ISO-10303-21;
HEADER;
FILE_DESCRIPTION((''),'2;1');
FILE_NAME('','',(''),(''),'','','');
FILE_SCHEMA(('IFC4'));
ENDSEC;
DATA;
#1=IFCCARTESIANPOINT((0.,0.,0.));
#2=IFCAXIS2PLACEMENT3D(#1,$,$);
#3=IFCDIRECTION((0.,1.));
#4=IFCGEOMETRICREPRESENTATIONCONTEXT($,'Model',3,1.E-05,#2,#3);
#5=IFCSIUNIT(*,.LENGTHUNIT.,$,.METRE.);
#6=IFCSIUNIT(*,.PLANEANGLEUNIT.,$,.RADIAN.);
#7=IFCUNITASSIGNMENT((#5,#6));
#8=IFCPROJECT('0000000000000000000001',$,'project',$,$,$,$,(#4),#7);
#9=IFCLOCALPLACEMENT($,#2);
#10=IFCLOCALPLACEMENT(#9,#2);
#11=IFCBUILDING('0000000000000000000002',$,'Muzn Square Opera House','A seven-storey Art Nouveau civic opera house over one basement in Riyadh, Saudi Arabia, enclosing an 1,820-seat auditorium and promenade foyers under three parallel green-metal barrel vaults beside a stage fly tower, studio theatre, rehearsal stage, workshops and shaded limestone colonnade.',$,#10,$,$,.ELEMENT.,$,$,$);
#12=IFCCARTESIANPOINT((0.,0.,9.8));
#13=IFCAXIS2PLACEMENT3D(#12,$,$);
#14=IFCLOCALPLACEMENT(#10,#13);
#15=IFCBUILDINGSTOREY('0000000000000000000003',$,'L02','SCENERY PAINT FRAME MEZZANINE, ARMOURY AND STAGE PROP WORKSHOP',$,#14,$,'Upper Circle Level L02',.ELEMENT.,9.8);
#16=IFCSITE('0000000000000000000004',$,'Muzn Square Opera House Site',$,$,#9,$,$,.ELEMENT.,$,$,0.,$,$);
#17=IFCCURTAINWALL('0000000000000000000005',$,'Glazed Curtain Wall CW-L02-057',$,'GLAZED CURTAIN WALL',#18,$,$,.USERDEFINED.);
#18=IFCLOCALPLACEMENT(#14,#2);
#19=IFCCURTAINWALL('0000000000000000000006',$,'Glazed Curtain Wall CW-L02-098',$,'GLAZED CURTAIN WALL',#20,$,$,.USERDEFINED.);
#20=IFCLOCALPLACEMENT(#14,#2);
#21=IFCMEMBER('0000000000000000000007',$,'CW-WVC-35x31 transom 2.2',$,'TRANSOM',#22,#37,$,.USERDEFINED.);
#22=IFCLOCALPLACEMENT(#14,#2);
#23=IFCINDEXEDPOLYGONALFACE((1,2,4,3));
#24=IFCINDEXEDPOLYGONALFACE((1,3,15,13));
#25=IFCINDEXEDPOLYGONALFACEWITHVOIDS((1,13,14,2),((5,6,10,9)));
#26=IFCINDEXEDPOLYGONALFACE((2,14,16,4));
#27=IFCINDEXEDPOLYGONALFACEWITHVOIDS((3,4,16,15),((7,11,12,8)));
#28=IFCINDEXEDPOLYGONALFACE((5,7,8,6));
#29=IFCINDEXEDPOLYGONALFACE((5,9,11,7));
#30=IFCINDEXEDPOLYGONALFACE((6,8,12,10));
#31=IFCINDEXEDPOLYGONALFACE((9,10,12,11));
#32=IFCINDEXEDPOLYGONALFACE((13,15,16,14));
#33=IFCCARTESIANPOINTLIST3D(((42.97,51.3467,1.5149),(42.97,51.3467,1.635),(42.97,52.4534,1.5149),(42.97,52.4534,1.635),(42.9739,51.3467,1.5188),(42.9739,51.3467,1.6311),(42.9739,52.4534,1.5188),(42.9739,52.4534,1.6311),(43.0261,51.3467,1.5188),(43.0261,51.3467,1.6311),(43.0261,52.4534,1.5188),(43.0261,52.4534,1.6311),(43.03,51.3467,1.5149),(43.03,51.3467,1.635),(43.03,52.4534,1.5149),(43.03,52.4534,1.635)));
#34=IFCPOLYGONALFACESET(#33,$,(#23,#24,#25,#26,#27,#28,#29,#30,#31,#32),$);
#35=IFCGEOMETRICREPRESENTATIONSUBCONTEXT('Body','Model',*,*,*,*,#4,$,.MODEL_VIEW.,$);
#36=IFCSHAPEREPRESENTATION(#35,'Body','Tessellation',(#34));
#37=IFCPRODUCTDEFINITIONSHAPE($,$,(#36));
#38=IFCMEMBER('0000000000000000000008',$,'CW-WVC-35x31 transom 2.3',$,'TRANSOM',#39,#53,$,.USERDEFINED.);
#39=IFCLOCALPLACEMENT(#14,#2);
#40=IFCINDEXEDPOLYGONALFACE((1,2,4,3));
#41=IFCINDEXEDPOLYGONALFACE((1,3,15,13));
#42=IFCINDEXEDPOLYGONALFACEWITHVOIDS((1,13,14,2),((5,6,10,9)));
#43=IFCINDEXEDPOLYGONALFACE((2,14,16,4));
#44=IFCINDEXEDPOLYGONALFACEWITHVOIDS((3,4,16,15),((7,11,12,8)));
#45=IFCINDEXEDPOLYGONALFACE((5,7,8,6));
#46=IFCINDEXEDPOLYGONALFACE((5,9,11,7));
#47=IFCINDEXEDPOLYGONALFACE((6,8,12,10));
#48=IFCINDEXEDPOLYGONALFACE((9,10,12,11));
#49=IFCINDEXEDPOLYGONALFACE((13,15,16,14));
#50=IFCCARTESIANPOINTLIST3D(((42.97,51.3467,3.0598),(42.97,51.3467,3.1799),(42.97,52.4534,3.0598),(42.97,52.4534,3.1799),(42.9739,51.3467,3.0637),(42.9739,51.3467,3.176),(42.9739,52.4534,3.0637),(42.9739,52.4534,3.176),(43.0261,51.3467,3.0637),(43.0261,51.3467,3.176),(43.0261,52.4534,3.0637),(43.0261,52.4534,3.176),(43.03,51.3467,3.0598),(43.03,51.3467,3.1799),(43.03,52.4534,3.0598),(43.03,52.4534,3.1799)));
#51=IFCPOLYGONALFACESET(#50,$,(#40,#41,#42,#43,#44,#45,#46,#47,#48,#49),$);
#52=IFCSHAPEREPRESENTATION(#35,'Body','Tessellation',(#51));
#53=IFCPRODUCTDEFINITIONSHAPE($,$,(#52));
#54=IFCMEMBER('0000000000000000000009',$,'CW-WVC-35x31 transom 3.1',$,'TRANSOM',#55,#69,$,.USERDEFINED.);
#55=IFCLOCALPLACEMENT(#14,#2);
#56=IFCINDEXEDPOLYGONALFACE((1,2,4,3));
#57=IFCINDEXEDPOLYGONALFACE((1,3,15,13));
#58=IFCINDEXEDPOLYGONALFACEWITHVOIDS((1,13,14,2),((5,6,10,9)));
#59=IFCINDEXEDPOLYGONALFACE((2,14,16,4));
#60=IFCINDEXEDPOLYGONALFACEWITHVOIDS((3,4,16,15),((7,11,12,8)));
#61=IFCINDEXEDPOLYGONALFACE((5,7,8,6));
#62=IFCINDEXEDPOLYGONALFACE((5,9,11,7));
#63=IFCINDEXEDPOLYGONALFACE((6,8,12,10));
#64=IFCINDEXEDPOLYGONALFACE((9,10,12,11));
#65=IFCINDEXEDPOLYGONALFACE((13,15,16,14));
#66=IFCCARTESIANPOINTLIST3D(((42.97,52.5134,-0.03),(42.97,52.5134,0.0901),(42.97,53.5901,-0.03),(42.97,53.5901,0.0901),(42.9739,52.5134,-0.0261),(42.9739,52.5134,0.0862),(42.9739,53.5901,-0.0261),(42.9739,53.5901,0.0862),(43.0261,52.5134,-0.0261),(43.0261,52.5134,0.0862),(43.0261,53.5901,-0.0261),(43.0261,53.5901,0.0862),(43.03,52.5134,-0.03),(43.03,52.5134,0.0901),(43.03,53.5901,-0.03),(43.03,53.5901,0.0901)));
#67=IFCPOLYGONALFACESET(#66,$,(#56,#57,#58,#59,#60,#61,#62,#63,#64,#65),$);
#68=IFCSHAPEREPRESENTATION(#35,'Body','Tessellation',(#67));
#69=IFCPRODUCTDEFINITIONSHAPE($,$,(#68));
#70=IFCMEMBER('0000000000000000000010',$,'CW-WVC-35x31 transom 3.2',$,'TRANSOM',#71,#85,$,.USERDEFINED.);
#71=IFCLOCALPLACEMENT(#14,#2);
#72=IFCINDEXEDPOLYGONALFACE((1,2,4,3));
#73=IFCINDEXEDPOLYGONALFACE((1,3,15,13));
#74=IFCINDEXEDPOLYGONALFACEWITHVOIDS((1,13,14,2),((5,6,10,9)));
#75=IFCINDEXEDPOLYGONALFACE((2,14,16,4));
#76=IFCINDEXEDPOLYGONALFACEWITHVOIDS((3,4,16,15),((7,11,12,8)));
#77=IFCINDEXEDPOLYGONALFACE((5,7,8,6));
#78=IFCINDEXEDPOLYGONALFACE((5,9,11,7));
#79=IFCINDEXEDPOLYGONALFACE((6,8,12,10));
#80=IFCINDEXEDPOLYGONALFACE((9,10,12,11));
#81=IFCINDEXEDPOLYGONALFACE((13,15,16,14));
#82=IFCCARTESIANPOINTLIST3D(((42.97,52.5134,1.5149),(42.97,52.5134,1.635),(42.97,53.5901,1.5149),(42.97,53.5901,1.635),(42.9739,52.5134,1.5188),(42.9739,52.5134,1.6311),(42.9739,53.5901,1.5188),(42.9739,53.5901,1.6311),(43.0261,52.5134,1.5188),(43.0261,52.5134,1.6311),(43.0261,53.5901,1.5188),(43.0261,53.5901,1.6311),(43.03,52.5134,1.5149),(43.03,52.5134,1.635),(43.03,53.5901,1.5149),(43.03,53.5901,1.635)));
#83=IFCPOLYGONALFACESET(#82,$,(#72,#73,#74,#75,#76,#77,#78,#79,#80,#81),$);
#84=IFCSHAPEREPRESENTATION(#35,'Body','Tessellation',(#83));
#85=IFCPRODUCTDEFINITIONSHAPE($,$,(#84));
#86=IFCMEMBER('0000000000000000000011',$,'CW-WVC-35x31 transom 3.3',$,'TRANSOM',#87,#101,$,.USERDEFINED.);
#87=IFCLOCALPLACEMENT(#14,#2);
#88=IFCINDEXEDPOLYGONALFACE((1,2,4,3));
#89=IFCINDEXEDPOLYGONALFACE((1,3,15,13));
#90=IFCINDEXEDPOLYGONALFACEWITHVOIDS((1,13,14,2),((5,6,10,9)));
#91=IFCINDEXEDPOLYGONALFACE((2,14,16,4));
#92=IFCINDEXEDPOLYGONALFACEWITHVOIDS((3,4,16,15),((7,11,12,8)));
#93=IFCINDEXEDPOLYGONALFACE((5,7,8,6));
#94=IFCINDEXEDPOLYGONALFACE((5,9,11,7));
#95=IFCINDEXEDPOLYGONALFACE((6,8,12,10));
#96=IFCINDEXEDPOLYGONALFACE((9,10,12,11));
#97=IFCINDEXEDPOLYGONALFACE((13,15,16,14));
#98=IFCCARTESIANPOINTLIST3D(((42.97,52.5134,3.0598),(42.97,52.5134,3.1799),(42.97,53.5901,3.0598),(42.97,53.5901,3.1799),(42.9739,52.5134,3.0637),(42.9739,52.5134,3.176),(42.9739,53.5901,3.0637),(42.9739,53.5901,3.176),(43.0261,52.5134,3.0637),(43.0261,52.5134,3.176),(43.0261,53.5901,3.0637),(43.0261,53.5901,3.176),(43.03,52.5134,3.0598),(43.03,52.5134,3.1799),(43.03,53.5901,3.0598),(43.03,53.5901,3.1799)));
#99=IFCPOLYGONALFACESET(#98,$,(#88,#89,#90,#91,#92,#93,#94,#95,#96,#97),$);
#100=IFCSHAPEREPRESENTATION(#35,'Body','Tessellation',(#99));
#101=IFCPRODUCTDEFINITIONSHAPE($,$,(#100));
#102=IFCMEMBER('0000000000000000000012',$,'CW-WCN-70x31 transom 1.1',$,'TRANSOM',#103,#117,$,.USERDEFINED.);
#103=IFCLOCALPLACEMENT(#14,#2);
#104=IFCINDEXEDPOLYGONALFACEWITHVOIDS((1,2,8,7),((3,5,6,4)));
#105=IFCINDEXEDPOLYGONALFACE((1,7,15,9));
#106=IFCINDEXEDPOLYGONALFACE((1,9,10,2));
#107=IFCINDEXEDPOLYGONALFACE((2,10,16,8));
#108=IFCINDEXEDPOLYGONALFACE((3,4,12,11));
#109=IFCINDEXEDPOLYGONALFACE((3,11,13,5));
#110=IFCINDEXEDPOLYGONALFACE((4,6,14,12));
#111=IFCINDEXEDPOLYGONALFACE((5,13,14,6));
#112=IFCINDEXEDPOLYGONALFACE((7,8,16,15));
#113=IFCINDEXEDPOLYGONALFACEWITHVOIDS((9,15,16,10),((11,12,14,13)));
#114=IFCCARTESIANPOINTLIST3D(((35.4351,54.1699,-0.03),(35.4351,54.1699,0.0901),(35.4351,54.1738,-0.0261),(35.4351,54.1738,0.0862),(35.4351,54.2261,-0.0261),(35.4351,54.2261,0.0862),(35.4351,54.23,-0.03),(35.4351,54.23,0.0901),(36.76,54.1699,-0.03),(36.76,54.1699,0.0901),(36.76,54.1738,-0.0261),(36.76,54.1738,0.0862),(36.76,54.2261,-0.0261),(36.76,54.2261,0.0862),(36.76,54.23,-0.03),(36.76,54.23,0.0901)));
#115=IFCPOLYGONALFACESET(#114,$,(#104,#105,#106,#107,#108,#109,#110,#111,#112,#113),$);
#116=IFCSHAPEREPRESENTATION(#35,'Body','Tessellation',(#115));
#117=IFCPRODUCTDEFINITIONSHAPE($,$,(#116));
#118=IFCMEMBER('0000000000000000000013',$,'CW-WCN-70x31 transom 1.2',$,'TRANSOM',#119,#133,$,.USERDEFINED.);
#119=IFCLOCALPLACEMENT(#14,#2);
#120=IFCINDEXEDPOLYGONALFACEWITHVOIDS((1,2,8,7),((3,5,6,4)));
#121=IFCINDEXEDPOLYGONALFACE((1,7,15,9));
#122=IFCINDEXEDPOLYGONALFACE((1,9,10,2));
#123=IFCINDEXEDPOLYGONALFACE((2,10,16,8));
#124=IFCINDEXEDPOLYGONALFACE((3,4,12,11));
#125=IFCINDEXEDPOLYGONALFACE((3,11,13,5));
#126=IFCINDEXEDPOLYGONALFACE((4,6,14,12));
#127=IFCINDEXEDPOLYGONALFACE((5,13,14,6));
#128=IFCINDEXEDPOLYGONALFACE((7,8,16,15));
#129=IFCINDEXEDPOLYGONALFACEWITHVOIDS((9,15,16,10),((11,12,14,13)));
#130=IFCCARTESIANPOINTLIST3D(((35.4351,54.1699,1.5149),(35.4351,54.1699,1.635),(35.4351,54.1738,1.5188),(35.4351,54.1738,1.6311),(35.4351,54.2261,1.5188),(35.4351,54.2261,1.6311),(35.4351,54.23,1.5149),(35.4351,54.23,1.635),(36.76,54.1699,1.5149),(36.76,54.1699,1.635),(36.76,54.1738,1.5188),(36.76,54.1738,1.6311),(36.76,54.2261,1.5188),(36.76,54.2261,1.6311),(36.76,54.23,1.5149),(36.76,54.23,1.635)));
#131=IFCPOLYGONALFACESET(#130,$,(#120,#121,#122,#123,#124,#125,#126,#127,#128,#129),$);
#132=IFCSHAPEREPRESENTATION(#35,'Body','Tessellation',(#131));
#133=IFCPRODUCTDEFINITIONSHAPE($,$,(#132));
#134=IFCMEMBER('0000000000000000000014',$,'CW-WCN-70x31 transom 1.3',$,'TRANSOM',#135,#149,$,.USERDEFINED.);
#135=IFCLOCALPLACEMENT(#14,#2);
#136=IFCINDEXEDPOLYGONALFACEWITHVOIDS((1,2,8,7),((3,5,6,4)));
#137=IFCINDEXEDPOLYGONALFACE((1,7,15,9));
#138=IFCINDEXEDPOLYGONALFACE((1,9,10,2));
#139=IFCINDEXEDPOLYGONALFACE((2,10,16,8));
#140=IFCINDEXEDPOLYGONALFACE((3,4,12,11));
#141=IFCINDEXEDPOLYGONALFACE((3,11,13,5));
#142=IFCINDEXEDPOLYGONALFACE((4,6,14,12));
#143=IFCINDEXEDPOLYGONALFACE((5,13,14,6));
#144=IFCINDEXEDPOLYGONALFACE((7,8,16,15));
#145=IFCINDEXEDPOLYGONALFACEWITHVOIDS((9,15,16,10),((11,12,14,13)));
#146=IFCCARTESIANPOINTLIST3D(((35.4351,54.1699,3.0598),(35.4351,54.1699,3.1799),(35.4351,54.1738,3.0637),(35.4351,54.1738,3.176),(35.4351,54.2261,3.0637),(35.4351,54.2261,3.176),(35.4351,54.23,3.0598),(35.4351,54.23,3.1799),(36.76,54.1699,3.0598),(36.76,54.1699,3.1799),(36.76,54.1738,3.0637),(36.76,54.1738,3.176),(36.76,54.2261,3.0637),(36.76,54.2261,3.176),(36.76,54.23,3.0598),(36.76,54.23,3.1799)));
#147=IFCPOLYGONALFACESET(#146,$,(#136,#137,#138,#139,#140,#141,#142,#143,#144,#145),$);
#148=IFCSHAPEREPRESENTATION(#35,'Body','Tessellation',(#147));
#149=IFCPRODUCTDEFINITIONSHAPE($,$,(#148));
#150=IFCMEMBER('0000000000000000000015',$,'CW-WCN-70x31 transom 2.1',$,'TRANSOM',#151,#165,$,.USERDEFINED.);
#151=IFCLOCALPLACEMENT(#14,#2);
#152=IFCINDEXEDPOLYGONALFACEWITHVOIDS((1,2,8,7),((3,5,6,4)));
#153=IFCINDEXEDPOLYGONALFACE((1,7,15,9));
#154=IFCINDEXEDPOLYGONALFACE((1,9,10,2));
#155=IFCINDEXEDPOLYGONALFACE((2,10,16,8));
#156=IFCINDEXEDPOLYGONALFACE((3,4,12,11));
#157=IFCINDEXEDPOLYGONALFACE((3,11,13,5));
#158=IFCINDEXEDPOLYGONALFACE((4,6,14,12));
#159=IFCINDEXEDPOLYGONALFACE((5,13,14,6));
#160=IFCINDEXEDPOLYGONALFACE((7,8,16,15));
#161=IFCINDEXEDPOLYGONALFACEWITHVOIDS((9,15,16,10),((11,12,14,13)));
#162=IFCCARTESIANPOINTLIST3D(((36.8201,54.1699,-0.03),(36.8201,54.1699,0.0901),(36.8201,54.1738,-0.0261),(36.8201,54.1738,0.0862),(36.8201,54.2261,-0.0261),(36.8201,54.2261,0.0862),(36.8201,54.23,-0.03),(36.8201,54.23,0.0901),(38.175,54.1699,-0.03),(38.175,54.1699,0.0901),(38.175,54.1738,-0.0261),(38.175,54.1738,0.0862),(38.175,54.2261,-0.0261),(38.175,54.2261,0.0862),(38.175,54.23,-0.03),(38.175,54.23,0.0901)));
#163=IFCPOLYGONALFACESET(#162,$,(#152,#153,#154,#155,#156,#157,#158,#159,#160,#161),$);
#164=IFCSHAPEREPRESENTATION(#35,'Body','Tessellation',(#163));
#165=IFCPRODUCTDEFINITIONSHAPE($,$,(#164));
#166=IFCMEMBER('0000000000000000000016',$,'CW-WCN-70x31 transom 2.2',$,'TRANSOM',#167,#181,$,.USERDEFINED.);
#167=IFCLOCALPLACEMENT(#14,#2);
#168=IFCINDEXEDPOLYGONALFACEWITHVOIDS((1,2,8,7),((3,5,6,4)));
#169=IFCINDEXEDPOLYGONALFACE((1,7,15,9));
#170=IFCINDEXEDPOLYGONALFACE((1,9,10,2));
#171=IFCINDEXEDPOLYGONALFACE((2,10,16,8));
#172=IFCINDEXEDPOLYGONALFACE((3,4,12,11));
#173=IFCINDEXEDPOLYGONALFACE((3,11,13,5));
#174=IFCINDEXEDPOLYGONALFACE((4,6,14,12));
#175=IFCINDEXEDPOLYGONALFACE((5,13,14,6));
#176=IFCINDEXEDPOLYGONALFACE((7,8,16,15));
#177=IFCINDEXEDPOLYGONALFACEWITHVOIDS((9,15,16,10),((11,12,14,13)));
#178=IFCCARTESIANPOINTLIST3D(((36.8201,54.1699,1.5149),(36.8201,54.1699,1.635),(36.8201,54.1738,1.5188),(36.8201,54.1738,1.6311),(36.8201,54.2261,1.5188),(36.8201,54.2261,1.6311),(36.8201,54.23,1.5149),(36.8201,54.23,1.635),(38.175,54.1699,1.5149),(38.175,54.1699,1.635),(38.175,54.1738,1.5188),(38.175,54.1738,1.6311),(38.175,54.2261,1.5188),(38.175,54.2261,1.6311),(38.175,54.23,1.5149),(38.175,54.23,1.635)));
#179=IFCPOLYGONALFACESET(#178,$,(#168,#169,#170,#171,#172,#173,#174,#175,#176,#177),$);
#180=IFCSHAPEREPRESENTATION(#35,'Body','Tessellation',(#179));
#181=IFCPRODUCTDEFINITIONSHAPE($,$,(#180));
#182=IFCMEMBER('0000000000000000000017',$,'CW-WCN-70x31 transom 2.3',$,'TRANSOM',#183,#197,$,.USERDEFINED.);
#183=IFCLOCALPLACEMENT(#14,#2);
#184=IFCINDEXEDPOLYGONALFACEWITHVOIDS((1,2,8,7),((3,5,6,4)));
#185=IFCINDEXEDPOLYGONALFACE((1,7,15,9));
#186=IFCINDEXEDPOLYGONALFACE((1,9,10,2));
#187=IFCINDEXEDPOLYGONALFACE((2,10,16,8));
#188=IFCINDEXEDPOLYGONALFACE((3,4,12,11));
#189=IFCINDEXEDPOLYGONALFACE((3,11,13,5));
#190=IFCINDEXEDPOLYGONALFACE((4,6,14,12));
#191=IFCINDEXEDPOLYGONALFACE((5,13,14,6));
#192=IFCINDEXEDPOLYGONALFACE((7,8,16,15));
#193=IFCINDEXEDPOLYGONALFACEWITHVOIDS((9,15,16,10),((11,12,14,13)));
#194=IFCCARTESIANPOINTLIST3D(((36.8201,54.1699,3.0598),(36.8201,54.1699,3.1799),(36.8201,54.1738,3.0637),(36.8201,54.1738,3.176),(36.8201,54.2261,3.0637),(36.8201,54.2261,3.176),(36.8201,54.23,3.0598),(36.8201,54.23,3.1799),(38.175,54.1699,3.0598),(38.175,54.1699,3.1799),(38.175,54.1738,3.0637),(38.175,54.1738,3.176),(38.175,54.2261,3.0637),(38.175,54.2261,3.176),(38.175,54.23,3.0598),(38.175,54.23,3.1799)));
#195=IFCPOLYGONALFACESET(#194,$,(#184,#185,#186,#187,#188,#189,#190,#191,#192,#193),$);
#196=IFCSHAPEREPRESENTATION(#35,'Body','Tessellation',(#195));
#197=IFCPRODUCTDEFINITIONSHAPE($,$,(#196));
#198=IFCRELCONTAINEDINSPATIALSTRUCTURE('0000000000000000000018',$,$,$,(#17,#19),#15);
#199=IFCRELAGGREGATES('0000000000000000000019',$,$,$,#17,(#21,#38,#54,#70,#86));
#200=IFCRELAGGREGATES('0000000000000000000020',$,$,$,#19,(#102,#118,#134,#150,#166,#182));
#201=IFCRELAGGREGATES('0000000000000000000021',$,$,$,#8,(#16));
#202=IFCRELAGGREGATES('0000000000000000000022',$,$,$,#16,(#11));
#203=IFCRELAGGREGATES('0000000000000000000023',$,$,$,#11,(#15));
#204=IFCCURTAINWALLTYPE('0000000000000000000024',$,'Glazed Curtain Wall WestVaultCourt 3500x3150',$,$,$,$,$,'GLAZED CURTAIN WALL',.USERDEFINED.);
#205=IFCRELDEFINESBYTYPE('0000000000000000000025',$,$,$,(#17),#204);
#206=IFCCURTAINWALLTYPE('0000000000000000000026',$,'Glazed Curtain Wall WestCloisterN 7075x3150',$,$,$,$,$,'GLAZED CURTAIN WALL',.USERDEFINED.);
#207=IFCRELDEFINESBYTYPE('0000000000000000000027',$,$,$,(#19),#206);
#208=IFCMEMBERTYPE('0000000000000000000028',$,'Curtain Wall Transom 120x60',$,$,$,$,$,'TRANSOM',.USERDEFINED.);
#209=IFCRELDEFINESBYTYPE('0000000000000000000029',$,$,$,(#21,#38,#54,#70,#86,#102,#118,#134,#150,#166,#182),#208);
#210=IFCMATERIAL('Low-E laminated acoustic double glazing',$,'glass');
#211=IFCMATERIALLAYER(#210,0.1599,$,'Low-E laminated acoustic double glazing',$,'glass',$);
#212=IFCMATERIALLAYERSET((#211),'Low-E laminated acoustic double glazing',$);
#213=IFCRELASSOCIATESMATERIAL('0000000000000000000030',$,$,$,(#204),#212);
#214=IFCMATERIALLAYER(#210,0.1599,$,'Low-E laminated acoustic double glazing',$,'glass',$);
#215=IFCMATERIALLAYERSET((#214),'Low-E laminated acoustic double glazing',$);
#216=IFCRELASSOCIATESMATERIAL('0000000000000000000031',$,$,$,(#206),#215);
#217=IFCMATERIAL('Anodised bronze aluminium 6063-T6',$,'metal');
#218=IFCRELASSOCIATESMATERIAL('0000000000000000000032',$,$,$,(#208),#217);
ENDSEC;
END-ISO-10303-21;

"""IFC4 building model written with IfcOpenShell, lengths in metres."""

from ifc_helpers import new_model, si_unit, direction, frame, origin, origin_2d, place, context, subcontext, project, spatial, hollow_rectangle, extrude, material, layer, layer_set, material_profile, profile_set, type_object, element, aggregate, save


model = new_model("IFC4")

# Units and contexts
model_context = context("Model", 3, precision=1e-05, world=origin(), true_north=direction((0.0, 1.0)))
body_context = subcontext(model_context, "Body", "Model", "MODEL_VIEW")
ifc_project = project(units=[si_unit("LENGTHUNIT", "METRE"), si_unit("PLANEANGLEUNIT", "RADIAN")], contexts=[model_context])

# Site, building, storey
site_placement = place(None, origin())
site = spatial("IfcSite", under=ifc_project, at=site_placement, Name="Muzn Square Opera House Site", CompositionType="ELEMENT", RefElevation=0.0)
building_placement = place(site_placement, origin())
building = spatial("IfcBuilding", under=site, at=building_placement, Name="Muzn Square Opera House", Description="A seven-storey Art Nouveau civic opera house over one basement in Riyadh, Saudi Arabia, enclosing an 1,820-seat auditorium and promenade foyers under three parallel green-metal barrel vaults beside a stage fly tower, studio theatre, rehearsal stage, workshops and shaded limestone colonnade.", CompositionType="ELEMENT")
storey_placement = place(building_placement, frame((0.0, 0.0, 9.8)))
storey = spatial("IfcBuildingStorey", under=building, at=storey_placement, Name="L02", Description="SCENERY PAINT FRAME MEZZANINE, ARMOURY AND STAGE PROP WORKSHOP", LongName="Upper Circle Level L02", CompositionType="ELEMENT", Elevation=9.8)

# Curtain walls
ifc_material_1 = material(Name="Low-E laminated acoustic double glazing", Category="glass")
ifc_layer_1 = layer(ifc_material_1, 0.1599, Name="Low-E laminated acoustic double glazing", Category="glass")
ifc_layer_set_1 = layer_set([ifc_layer_1], Name="Low-E laminated acoustic double glazing")
curtain_wall_type_1 = type_object("IfcCurtainWallType", Name="Glazed Curtain Wall WestVaultCourt 3500x3150", ElementType="GLAZED CURTAIN WALL", PredefinedType="USERDEFINED", material=ifc_layer_set_1)
curtain_wall_1_placement = place(storey_placement, origin())
curtain_wall_1 = element("IfcCurtainWall", 1, at=curtain_wall_1_placement, inside=storey, type_object=curtain_wall_type_1, Name="Glazed Curtain Wall CW-L02-057", ObjectType="GLAZED CURTAIN WALL", PredefinedType="USERDEFINED")
ifc_material_2 = material(Name="Anodised bronze aluminium 6063-T6", Category="metal")
ifc_layer_2 = layer(ifc_material_1, 0.1599, Name="Low-E laminated acoustic double glazing", Category="glass")
ifc_layer_set_2 = layer_set([ifc_layer_2], Name="Low-E laminated acoustic double glazing")
curtain_wall_type_2 = type_object("IfcCurtainWallType", Name="Glazed Curtain Wall WestCloisterN 7075x3150", ElementType="GLAZED CURTAIN WALL", PredefinedType="USERDEFINED", material=ifc_layer_set_2)
curtain_wall_2_placement = place(storey_placement, origin())
curtain_wall_2 = element("IfcCurtainWall", 2, at=curtain_wall_2_placement, inside=storey, type_object=curtain_wall_type_2, Name="Glazed Curtain Wall CW-L02-098", ObjectType="GLAZED CURTAIN WALL", PredefinedType="USERDEFINED")

# Members
ifc_material_profile_1 = material_profile(ifc_material_2, hollow_rectangle(XDim=0.0601, YDim=0.1201, WallThickness=0.0039, at=origin_2d()), Name="ALU 120x60x4", Category="metal")
ifc_profile_set_1 = profile_set([ifc_material_profile_1], Name="Anodised bronze aluminium 6063-T6")
member_type_1 = type_object("IfcMemberType", Name="Curtain Wall Transom 120x60", ElementType="TRANSOM", PredefinedType="USERDEFINED", material=ifc_profile_set_1)
member_1_placement = place(storey_placement, frame((43.0, 51.3467, 1.575), z_axis=(0.0, 1.0, 0.0), x_axis=(-1.0, 0.0, 0.0)))
member_1 = element("IfcMember", 3, at=member_1_placement, type_object=member_type_1, Name="CW-WVC-35x31 transom 2.2", ObjectType="TRANSOM", PredefinedType="USERDEFINED", context=body_context, shape_type="SweptSolid", body=[
    extrude(hollow_rectangle(XDim=0.0601, YDim=0.1201, WallThickness=0.0039, at=origin_2d()), origin(), (0.0, 0.0, 1.0), 1.1067),
])
member_2_placement = place(storey_placement, frame((43.0, 51.3467, 3.1199), z_axis=(0.0, 1.0, 0.0), x_axis=(-1.0, 0.0, 0.0)))
member_2 = element("IfcMember", 4, at=member_2_placement, type_object=member_type_1, Name="CW-WVC-35x31 transom 2.3", ObjectType="TRANSOM", PredefinedType="USERDEFINED", context=body_context, shape_type="SweptSolid", body=[
    extrude(hollow_rectangle(XDim=0.0601, YDim=0.1201, WallThickness=0.0039, at=origin_2d()), origin(), (0.0, 0.0, 1.0), 1.1067),
])
member_3_placement = place(storey_placement, frame((43.0, 52.5134, 0.03), z_axis=(0.0, 1.0, 0.0), x_axis=(-1.0, 0.0, 0.0)))
member_3 = element("IfcMember", 5, at=member_3_placement, type_object=member_type_1, Name="CW-WVC-35x31 transom 3.1", ObjectType="TRANSOM", PredefinedType="USERDEFINED", context=body_context, shape_type="SweptSolid", body=[
    extrude(hollow_rectangle(XDim=0.0601, YDim=0.1201, WallThickness=0.0039, at=origin_2d()), origin(), (0.0, 0.0, 1.0), 1.0767),
])
member_4_placement = place(storey_placement, frame((43.0, 52.5134, 1.575), z_axis=(0.0, 1.0, 0.0), x_axis=(-1.0, 0.0, 0.0)))
member_4 = element("IfcMember", 6, at=member_4_placement, type_object=member_type_1, Name="CW-WVC-35x31 transom 3.2", ObjectType="TRANSOM", PredefinedType="USERDEFINED", context=body_context, shape_type="SweptSolid", body=[
    extrude(hollow_rectangle(XDim=0.0601, YDim=0.1201, WallThickness=0.0039, at=origin_2d()), origin(), (0.0, 0.0, 1.0), 1.0767),
])
member_5_placement = place(storey_placement, frame((43.0, 52.5134, 3.1199), z_axis=(0.0, 1.0, 0.0), x_axis=(-1.0, 0.0, 0.0)))
member_5 = element("IfcMember", 7, at=member_5_placement, type_object=member_type_1, Name="CW-WVC-35x31 transom 3.3", ObjectType="TRANSOM", PredefinedType="USERDEFINED", context=body_context, shape_type="SweptSolid", body=[
    extrude(hollow_rectangle(XDim=0.0601, YDim=0.1201, WallThickness=0.0039, at=origin_2d()), origin(), (0.0, 0.0, 1.0), 1.0767),
])
member_6_placement = place(storey_placement, frame((35.4351, 54.2, 0.03), z_axis=(1.0, 0.0, 0.0), x_axis=(0.0, 1.0, 0.0)))
member_6 = element("IfcMember", 8, at=member_6_placement, type_object=member_type_1, Name="CW-WCN-70x31 transom 1.1", ObjectType="TRANSOM", PredefinedType="USERDEFINED", context=body_context, shape_type="SweptSolid", body=[
    extrude(hollow_rectangle(XDim=0.0601, YDim=0.1201, WallThickness=0.0039, at=origin_2d()), origin(), (0.0, 0.0, 1.0), 1.325),
])
member_7_placement = place(storey_placement, frame((35.4351, 54.2, 1.575), z_axis=(1.0, 0.0, 0.0), x_axis=(0.0, 1.0, 0.0)))
member_7 = element("IfcMember", 9, at=member_7_placement, type_object=member_type_1, Name="CW-WCN-70x31 transom 1.2", ObjectType="TRANSOM", PredefinedType="USERDEFINED", context=body_context, shape_type="SweptSolid", body=[
    extrude(hollow_rectangle(XDim=0.0601, YDim=0.1201, WallThickness=0.0039, at=origin_2d()), origin(), (0.0, 0.0, 1.0), 1.325),
])
member_8_placement = place(storey_placement, frame((35.4351, 54.2, 3.1199), z_axis=(1.0, 0.0, 0.0), x_axis=(0.0, 1.0, 0.0)))
member_8 = element("IfcMember", 10, at=member_8_placement, type_object=member_type_1, Name="CW-WCN-70x31 transom 1.3", ObjectType="TRANSOM", PredefinedType="USERDEFINED", context=body_context, shape_type="SweptSolid", body=[
    extrude(hollow_rectangle(XDim=0.0601, YDim=0.1201, WallThickness=0.0039, at=origin_2d()), origin(), (0.0, 0.0, 1.0), 1.325),
])
member_9_placement = place(storey_placement, frame((36.8201, 54.2, 0.03), z_axis=(1.0, 0.0, 0.0), x_axis=(0.0, 1.0, 0.0)))
member_9 = element("IfcMember", 11, at=member_9_placement, type_object=member_type_1, Name="CW-WCN-70x31 transom 2.1", ObjectType="TRANSOM", PredefinedType="USERDEFINED", context=body_context, shape_type="SweptSolid", body=[
    extrude(hollow_rectangle(XDim=0.0601, YDim=0.1201, WallThickness=0.0039, at=origin_2d()), origin(), (0.0, 0.0, 1.0), 1.355),
])
member_10_placement = place(storey_placement, frame((36.8201, 54.2, 1.575), z_axis=(1.0, 0.0, 0.0), x_axis=(0.0, 1.0, 0.0)))
member_10 = element("IfcMember", 12, at=member_10_placement, type_object=member_type_1, Name="CW-WCN-70x31 transom 2.2", ObjectType="TRANSOM", PredefinedType="USERDEFINED", context=body_context, shape_type="SweptSolid", body=[
    extrude(hollow_rectangle(XDim=0.0601, YDim=0.1201, WallThickness=0.0039, at=origin_2d()), origin(), (0.0, 0.0, 1.0), 1.355),
])
member_11_placement = place(storey_placement, frame((36.8201, 54.2, 3.1199), z_axis=(1.0, 0.0, 0.0), x_axis=(0.0, 1.0, 0.0)))
member_11 = element("IfcMember", 13, at=member_11_placement, type_object=member_type_1, Name="CW-WCN-70x31 transom 2.3", ObjectType="TRANSOM", PredefinedType="USERDEFINED", context=body_context, shape_type="SweptSolid", body=[
    extrude(hollow_rectangle(XDim=0.0601, YDim=0.1201, WallThickness=0.0039, at=origin_2d()), origin(), (0.0, 0.0, 1.0), 1.355),
])

aggregate(curtain_wall_1, [member_1, member_2, member_3, member_4, member_5])
aggregate(curtain_wall_2, [member_6, member_7, member_8, member_9, member_10, member_11])

save(model, "model.ifc")
